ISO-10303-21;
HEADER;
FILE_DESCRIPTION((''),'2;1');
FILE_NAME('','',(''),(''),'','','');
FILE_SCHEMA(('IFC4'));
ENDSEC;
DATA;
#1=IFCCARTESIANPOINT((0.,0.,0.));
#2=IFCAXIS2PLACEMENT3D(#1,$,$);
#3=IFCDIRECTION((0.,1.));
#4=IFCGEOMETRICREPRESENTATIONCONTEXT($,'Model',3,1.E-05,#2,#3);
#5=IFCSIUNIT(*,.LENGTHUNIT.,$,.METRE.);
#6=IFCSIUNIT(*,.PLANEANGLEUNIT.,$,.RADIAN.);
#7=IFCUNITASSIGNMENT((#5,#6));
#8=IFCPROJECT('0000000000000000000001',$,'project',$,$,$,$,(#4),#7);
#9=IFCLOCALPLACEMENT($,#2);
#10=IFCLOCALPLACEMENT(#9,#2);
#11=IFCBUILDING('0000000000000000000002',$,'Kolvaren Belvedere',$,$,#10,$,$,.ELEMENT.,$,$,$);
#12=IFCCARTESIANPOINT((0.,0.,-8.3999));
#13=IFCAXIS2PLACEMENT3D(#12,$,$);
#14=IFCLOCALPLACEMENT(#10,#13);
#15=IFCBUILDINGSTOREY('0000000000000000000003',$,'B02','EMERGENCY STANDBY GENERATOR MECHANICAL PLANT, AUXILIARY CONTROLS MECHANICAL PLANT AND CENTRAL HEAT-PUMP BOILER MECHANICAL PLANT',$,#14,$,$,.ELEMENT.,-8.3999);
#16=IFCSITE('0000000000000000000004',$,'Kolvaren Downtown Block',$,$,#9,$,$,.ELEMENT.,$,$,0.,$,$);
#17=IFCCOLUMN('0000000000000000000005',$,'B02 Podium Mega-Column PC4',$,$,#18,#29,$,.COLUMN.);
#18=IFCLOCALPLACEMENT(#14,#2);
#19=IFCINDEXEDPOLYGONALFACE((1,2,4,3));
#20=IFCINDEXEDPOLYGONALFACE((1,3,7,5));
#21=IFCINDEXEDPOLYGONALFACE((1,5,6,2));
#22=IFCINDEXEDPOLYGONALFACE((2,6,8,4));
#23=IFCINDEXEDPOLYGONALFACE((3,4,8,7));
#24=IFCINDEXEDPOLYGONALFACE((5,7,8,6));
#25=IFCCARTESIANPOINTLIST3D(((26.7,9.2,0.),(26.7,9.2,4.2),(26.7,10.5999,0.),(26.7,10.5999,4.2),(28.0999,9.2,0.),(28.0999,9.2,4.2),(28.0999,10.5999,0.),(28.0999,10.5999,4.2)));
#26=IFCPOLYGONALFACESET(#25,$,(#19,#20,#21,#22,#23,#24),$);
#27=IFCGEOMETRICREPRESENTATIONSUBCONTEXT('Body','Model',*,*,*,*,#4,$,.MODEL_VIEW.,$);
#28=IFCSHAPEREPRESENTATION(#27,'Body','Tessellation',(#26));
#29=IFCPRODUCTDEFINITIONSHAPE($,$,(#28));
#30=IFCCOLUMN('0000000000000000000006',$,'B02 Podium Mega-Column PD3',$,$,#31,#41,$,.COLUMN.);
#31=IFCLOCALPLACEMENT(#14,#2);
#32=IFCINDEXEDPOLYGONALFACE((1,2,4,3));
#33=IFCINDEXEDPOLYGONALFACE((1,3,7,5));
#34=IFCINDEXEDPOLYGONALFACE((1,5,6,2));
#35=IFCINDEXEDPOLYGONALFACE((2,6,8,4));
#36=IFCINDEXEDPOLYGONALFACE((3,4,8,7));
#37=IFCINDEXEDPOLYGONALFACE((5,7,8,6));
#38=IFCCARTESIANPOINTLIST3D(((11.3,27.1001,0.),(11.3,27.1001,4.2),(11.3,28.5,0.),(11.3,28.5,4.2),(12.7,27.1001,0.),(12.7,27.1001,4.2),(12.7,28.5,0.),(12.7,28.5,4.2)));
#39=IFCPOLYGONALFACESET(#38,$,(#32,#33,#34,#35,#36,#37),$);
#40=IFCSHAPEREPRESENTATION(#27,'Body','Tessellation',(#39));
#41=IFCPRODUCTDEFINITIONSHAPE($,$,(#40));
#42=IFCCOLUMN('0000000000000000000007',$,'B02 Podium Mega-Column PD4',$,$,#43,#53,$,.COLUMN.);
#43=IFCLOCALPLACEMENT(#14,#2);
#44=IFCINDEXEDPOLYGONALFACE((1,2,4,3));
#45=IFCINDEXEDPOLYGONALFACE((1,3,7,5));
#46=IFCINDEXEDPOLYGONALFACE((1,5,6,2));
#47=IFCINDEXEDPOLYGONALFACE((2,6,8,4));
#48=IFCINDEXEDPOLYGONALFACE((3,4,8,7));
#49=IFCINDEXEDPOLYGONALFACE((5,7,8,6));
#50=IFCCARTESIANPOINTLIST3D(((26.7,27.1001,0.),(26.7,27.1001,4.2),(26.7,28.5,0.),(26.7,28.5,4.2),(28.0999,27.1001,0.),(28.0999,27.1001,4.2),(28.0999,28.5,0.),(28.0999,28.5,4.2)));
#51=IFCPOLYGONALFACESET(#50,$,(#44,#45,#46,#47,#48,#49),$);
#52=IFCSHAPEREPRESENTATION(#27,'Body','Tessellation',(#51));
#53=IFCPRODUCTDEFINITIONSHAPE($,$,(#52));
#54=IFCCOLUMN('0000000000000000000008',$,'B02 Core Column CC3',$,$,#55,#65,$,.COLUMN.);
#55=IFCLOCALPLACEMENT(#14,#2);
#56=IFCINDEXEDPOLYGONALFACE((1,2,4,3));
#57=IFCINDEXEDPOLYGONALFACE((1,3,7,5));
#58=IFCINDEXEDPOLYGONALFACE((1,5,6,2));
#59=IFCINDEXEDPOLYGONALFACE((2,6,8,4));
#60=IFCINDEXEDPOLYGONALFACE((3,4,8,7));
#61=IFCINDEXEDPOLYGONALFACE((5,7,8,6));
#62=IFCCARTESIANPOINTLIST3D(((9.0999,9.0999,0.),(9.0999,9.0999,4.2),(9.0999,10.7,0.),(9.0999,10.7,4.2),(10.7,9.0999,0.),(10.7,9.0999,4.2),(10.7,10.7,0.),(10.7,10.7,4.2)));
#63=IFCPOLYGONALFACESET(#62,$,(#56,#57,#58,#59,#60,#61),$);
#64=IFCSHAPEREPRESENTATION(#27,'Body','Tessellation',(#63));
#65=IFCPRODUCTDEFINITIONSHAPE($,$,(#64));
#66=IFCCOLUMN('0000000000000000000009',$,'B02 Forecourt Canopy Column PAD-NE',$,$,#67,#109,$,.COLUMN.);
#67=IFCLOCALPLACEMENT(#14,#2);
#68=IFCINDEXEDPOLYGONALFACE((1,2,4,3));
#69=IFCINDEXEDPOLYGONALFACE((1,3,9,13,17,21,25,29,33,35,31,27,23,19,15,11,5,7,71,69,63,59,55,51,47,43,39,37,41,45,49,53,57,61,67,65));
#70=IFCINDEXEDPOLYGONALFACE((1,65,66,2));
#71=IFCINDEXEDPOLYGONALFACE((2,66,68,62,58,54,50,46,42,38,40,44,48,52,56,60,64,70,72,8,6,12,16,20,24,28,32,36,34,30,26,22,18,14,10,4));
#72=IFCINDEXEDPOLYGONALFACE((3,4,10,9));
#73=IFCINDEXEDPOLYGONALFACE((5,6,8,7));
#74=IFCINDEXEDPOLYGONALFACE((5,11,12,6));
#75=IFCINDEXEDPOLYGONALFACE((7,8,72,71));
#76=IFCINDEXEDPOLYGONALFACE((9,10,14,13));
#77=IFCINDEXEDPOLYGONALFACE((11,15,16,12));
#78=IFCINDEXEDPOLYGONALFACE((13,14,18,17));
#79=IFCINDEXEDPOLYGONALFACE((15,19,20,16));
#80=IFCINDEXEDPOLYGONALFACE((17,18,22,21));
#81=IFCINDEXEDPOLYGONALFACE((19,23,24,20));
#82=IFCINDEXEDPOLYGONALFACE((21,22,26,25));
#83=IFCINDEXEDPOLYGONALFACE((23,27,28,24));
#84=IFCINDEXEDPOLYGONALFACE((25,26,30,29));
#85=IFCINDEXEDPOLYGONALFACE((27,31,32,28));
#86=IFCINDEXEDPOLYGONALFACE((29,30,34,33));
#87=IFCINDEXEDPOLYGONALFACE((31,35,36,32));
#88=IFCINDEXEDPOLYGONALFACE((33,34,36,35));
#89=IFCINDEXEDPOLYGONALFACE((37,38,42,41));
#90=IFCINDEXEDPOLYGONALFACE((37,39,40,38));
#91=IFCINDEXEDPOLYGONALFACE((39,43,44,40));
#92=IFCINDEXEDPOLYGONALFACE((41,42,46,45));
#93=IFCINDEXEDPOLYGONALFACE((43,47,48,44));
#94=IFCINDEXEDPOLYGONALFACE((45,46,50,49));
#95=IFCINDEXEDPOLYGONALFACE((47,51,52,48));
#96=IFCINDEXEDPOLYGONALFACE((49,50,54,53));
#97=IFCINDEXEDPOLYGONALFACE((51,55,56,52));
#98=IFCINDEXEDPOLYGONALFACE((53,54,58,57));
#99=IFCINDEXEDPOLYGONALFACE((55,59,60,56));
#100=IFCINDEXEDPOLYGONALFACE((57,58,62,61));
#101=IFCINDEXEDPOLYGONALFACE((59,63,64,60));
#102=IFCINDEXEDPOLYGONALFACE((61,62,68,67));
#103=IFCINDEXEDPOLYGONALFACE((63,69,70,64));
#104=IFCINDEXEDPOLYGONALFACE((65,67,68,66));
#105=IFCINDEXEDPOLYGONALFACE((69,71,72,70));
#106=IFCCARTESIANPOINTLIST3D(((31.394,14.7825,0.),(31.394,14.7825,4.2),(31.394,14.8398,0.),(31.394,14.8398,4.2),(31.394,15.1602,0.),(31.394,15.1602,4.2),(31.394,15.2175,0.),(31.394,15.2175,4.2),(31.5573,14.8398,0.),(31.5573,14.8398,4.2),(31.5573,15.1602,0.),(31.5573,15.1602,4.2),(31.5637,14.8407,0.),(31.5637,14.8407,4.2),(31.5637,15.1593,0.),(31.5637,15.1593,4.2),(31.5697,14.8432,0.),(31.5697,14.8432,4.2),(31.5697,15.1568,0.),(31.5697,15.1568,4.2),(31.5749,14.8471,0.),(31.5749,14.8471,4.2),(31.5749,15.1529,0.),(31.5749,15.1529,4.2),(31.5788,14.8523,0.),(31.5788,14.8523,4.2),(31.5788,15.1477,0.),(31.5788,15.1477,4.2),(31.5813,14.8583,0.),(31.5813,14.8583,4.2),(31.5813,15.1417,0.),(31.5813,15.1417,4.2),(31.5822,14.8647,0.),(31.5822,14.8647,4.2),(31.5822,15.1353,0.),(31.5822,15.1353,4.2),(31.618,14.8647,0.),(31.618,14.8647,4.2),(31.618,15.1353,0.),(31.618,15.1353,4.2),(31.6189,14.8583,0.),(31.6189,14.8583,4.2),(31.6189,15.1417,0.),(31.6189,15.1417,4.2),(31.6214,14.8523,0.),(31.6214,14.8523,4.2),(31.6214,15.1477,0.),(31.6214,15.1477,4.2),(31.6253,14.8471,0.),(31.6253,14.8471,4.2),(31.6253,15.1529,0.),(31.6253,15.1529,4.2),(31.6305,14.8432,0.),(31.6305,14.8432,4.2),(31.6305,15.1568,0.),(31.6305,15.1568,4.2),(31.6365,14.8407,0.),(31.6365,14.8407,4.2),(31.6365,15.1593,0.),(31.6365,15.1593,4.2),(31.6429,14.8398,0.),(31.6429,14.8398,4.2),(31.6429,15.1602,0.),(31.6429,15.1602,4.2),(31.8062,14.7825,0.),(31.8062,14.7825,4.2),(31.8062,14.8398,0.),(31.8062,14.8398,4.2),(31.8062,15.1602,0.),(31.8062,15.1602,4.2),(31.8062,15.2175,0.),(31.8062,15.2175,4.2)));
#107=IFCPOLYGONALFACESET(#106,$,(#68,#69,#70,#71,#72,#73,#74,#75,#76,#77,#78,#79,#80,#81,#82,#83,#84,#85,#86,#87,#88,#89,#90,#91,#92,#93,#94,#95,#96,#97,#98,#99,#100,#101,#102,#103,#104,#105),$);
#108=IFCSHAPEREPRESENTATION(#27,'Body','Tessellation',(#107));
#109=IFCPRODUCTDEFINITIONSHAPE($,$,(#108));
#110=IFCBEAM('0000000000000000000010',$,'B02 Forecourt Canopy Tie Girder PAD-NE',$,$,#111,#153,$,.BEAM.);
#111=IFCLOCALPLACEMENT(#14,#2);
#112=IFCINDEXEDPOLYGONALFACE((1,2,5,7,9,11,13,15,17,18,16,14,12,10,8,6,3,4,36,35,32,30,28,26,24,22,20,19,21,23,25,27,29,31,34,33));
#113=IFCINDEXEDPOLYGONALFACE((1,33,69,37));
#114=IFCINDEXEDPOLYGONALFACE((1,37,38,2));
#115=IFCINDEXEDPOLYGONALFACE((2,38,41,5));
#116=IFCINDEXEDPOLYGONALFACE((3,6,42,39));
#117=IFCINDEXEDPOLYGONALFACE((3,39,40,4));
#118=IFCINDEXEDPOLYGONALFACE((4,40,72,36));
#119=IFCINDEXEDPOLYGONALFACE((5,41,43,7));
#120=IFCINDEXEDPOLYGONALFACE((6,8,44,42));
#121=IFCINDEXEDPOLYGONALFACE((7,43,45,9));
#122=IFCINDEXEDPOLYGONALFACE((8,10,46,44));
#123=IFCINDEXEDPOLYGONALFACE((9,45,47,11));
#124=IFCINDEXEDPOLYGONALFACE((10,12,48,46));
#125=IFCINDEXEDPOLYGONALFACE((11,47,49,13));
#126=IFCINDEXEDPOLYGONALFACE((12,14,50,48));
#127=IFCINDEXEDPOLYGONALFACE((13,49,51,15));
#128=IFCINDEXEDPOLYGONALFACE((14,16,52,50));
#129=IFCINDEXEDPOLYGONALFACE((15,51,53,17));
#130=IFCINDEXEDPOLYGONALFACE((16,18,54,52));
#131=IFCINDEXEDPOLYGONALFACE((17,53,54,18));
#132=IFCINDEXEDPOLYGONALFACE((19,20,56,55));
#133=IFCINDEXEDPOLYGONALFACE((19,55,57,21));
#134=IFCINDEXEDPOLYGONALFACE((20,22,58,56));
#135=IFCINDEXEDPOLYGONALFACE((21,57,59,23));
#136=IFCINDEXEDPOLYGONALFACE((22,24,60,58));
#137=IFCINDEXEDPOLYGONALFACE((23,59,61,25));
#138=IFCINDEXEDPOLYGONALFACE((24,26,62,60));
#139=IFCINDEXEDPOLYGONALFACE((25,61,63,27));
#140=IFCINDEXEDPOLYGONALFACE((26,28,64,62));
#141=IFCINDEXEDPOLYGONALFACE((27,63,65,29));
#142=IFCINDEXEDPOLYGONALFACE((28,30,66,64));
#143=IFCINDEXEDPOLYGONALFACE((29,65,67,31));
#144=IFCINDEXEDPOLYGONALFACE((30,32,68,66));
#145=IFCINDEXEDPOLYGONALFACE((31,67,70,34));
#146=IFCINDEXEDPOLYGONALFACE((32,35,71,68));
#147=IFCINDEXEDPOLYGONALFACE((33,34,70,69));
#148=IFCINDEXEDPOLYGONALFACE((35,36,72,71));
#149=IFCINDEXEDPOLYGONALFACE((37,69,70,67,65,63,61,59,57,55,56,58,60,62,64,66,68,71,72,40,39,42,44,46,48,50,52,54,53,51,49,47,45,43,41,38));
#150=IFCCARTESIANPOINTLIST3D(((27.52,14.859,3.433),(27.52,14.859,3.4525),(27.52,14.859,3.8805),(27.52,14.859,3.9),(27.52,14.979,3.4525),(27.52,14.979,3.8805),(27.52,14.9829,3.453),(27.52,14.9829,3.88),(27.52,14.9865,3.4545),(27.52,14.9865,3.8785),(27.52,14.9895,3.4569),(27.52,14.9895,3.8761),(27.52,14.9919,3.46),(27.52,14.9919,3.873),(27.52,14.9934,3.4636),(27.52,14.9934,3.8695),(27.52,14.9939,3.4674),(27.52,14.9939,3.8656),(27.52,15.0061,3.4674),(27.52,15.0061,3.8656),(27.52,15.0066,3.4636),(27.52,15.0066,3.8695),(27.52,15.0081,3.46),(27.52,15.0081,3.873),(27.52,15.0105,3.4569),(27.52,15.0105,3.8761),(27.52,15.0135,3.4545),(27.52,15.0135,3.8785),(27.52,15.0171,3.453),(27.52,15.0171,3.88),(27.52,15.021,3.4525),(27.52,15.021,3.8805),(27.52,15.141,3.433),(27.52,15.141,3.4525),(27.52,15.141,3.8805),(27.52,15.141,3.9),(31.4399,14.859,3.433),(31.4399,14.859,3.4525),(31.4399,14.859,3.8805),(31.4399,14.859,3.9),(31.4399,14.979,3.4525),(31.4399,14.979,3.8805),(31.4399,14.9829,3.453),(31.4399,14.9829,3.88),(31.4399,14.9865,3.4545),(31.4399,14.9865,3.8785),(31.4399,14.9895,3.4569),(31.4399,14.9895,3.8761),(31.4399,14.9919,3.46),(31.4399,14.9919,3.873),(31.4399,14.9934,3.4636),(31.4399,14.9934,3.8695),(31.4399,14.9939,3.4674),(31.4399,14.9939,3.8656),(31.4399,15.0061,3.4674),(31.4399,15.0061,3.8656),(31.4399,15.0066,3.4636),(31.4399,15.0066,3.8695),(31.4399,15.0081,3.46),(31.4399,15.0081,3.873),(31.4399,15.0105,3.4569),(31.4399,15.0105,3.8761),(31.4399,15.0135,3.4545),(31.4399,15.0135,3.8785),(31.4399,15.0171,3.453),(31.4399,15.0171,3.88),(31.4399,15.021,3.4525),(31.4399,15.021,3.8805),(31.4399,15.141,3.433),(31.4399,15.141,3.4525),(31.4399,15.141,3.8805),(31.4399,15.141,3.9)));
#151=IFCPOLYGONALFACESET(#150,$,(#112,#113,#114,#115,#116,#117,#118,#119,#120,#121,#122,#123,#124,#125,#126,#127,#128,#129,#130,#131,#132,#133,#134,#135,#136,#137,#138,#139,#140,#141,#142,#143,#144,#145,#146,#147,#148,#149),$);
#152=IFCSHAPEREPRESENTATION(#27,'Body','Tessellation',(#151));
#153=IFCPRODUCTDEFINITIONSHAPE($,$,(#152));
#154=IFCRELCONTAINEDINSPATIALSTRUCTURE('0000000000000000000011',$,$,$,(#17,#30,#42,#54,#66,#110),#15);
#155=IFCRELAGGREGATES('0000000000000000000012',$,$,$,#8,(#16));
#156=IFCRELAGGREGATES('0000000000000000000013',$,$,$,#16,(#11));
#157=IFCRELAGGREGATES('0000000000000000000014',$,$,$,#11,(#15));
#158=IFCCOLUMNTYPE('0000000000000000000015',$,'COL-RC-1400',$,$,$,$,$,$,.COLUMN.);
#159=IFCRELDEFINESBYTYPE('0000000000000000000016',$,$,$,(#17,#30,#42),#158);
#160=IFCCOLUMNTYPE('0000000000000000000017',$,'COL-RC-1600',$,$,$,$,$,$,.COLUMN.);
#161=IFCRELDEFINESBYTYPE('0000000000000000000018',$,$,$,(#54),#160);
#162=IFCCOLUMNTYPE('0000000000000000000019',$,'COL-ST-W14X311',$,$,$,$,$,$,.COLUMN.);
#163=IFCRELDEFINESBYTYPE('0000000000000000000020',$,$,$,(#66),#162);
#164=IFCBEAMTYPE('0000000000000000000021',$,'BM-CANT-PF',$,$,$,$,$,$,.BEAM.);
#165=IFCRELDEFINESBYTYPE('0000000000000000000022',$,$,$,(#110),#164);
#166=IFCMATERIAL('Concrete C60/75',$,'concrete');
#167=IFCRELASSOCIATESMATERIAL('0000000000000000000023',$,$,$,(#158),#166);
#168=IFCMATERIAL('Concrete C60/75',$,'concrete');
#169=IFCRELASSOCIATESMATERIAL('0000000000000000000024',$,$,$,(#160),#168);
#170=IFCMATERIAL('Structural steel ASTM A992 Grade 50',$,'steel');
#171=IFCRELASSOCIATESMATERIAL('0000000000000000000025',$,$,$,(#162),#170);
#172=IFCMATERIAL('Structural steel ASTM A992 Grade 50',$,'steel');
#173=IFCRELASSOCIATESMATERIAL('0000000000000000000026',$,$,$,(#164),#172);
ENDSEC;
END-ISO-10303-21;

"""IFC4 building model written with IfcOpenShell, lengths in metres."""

from ifc_helpers import new_model, si_unit, direction, frame, origin, origin_2d, place, context, subcontext, project, spatial, rectangle, i_section, extrude, material, material_profile, profile_set, type_object, element, save


model = new_model("IFC4")

# Units and contexts
model_context = context("Model", 3, precision=1e-05, world=origin(), true_north=direction((0.0, 1.0)))
body_context = subcontext(model_context, "Body", "Model", "MODEL_VIEW")
ifc_project = project(units=[si_unit("LENGTHUNIT", "METRE"), si_unit("PLANEANGLEUNIT", "RADIAN")], contexts=[model_context])

# Site, building, storey
site_placement = place(None, origin())
site = spatial("IfcSite", under=ifc_project, at=site_placement, Name="Kolvaren Downtown Block", CompositionType="ELEMENT", RefElevation=0.0)
building_placement = place(site_placement, origin())
building = spatial("IfcBuilding", under=site, at=building_placement, Name="Kolvaren Belvedere", CompositionType="ELEMENT")
storey_placement = place(building_placement, frame((0.0, 0.0, -8.3999)))
storey = spatial("IfcBuildingStorey", under=building, at=storey_placement, Name="B02", Description="EMERGENCY STANDBY GENERATOR MECHANICAL PLANT, AUXILIARY CONTROLS MECHANICAL PLANT AND CENTRAL HEAT-PUMP BOILER MECHANICAL PLANT", CompositionType="ELEMENT", Elevation=-8.3999)

# Columns
ifc_material_1 = material(Name="Concrete C60/75", Category="concrete")
ifc_material_profile_1 = material_profile(ifc_material_1, rectangle(XDim=1.3999, YDim=1.3999, at=origin_2d()), Name="RC 1400X1400")
ifc_profile_set_1 = profile_set([ifc_material_profile_1], Name="Concrete C60/75")
column_type_1 = type_object("IfcColumnType", Name="COL-RC-1400", PredefinedType="COLUMN", material=ifc_profile_set_1)
for number, where, z_axis, x_axis, name in (
    (1, (27.3999, 9.8999, 0.0), (0.0, 0.0, 1.0), (1.0, 0.0, 0.0), "B02 Podium Mega-Column PC4"),
    (2, (12.0, 27.8, 0.0), (0.0, 0.0, 1.0), (1.0, 0.0, 0.0), "B02 Podium Mega-Column PD3"),
    (3, (27.3999, 27.8, 0.0), (0.0, 0.0, 1.0), (1.0, 0.0, 0.0), "B02 Podium Mega-Column PD4"),
):
    element("IfcColumn", number, at=place(storey_placement, frame(where, z_axis=z_axis, x_axis=x_axis)), inside=storey, type_object=column_type_1, Name=name, PredefinedType="COLUMN", context=body_context, shape_type="SweptSolid", body=[
        extrude(rectangle(XDim=1.3999, YDim=1.3999, at=origin_2d()), origin(), (0.0, 0.0, 1.0), 4.2),
    ])
ifc_material_2 = material(Name="Concrete C60/75", Category="concrete")
ifc_material_profile_2 = material_profile(ifc_material_2, rectangle(XDim=1.6001, YDim=1.6001, at=origin_2d()), Name="RC 1600X1600")
ifc_profile_set_2 = profile_set([ifc_material_profile_2], Name="Concrete C60/75")
column_type_2 = type_object("IfcColumnType", Name="COL-RC-1600", PredefinedType="COLUMN", material=ifc_profile_set_2)
column_1_placement = place(storey_placement, frame((9.8999, 9.8999, 0.0), z_axis=(0.0, 0.0, 1.0), x_axis=(1.0, 0.0, 0.0)))
element("IfcColumn", 4, at=column_1_placement, inside=storey, type_object=column_type_2, Name="B02 Core Column CC3", PredefinedType="COLUMN", context=body_context, shape_type="SweptSolid", body=[
    extrude(rectangle(XDim=1.6001, YDim=1.6001, at=origin_2d()), origin(), (0.0, 0.0, 1.0), 4.2),
])
ifc_material_3 = material(Name="Structural steel ASTM A992 Grade 50", Category="steel")
ifc_material_profile_3 = material_profile(ifc_material_3, i_section(OverallWidth=0.4121, OverallDepth=0.4351, WebThickness=0.0359, FlangeThickness=0.0574, FilletRadius=0.0249, at=origin_2d()), Name="W14X311")
ifc_profile_set_3 = profile_set([ifc_material_profile_3], Name="Structural steel ASTM A992 Grade 50")
column_type_3 = type_object("IfcColumnType", Name="COL-ST-W14X311", PredefinedType="COLUMN", material=ifc_profile_set_3)
column_2_placement = place(storey_placement, frame((31.6001, 15.0, 0.0), z_axis=(0.0, 0.0, 1.0), x_axis=(1.0, 0.0, 0.0)))
element("IfcColumn", 5, at=column_2_placement, inside=storey, type_object=column_type_3, Name="B02 Forecourt Canopy Column PAD-NE", PredefinedType="COLUMN", context=body_context, shape_type="SweptSolid", body=[
    extrude(i_section(OverallWidth=0.4121, OverallDepth=0.4351, WebThickness=0.0359, FlangeThickness=0.0574, FilletRadius=0.0249, at=origin_2d()), origin(), (0.0, 0.0, 1.0), 4.2),
])

# Beam
ifc_material_4 = material(Name="Structural steel ASTM A992 Grade 50", Category="steel")
ifc_material_profile_4 = material_profile(ifc_material_4, i_section(OverallWidth=0.282, OverallDepth=0.467, WebThickness=0.0122, FlangeThickness=0.0195, FilletRadius=0.0149, at=origin_2d()), Name="W18X86")
ifc_profile_set_4 = profile_set([ifc_material_profile_4], Name="Structural steel ASTM A992 Grade 50")
beam_type_1 = type_object("IfcBeamType", Name="BM-CANT-PF", PredefinedType="BEAM", material=ifc_profile_set_4)
beam_1_placement = place(storey_placement, frame((31.4399, 15.0, 3.6665), z_axis=(-1.0, 0.0, 0.0), x_axis=(0.0, -1.0, 0.0)))
element("IfcBeam", 6, at=beam_1_placement, inside=storey, type_object=beam_type_1, Name="B02 Forecourt Canopy Tie Girder PAD-NE", PredefinedType="BEAM", context=body_context, shape_type="SweptSolid", body=[
    extrude(i_section(OverallWidth=0.282, OverallDepth=0.467, WebThickness=0.0122, FlangeThickness=0.0195, FilletRadius=0.0149, at=origin_2d()), origin(), (0.0, 0.0, 1.0), 3.9199),
])

save(model, "model.ifc")
